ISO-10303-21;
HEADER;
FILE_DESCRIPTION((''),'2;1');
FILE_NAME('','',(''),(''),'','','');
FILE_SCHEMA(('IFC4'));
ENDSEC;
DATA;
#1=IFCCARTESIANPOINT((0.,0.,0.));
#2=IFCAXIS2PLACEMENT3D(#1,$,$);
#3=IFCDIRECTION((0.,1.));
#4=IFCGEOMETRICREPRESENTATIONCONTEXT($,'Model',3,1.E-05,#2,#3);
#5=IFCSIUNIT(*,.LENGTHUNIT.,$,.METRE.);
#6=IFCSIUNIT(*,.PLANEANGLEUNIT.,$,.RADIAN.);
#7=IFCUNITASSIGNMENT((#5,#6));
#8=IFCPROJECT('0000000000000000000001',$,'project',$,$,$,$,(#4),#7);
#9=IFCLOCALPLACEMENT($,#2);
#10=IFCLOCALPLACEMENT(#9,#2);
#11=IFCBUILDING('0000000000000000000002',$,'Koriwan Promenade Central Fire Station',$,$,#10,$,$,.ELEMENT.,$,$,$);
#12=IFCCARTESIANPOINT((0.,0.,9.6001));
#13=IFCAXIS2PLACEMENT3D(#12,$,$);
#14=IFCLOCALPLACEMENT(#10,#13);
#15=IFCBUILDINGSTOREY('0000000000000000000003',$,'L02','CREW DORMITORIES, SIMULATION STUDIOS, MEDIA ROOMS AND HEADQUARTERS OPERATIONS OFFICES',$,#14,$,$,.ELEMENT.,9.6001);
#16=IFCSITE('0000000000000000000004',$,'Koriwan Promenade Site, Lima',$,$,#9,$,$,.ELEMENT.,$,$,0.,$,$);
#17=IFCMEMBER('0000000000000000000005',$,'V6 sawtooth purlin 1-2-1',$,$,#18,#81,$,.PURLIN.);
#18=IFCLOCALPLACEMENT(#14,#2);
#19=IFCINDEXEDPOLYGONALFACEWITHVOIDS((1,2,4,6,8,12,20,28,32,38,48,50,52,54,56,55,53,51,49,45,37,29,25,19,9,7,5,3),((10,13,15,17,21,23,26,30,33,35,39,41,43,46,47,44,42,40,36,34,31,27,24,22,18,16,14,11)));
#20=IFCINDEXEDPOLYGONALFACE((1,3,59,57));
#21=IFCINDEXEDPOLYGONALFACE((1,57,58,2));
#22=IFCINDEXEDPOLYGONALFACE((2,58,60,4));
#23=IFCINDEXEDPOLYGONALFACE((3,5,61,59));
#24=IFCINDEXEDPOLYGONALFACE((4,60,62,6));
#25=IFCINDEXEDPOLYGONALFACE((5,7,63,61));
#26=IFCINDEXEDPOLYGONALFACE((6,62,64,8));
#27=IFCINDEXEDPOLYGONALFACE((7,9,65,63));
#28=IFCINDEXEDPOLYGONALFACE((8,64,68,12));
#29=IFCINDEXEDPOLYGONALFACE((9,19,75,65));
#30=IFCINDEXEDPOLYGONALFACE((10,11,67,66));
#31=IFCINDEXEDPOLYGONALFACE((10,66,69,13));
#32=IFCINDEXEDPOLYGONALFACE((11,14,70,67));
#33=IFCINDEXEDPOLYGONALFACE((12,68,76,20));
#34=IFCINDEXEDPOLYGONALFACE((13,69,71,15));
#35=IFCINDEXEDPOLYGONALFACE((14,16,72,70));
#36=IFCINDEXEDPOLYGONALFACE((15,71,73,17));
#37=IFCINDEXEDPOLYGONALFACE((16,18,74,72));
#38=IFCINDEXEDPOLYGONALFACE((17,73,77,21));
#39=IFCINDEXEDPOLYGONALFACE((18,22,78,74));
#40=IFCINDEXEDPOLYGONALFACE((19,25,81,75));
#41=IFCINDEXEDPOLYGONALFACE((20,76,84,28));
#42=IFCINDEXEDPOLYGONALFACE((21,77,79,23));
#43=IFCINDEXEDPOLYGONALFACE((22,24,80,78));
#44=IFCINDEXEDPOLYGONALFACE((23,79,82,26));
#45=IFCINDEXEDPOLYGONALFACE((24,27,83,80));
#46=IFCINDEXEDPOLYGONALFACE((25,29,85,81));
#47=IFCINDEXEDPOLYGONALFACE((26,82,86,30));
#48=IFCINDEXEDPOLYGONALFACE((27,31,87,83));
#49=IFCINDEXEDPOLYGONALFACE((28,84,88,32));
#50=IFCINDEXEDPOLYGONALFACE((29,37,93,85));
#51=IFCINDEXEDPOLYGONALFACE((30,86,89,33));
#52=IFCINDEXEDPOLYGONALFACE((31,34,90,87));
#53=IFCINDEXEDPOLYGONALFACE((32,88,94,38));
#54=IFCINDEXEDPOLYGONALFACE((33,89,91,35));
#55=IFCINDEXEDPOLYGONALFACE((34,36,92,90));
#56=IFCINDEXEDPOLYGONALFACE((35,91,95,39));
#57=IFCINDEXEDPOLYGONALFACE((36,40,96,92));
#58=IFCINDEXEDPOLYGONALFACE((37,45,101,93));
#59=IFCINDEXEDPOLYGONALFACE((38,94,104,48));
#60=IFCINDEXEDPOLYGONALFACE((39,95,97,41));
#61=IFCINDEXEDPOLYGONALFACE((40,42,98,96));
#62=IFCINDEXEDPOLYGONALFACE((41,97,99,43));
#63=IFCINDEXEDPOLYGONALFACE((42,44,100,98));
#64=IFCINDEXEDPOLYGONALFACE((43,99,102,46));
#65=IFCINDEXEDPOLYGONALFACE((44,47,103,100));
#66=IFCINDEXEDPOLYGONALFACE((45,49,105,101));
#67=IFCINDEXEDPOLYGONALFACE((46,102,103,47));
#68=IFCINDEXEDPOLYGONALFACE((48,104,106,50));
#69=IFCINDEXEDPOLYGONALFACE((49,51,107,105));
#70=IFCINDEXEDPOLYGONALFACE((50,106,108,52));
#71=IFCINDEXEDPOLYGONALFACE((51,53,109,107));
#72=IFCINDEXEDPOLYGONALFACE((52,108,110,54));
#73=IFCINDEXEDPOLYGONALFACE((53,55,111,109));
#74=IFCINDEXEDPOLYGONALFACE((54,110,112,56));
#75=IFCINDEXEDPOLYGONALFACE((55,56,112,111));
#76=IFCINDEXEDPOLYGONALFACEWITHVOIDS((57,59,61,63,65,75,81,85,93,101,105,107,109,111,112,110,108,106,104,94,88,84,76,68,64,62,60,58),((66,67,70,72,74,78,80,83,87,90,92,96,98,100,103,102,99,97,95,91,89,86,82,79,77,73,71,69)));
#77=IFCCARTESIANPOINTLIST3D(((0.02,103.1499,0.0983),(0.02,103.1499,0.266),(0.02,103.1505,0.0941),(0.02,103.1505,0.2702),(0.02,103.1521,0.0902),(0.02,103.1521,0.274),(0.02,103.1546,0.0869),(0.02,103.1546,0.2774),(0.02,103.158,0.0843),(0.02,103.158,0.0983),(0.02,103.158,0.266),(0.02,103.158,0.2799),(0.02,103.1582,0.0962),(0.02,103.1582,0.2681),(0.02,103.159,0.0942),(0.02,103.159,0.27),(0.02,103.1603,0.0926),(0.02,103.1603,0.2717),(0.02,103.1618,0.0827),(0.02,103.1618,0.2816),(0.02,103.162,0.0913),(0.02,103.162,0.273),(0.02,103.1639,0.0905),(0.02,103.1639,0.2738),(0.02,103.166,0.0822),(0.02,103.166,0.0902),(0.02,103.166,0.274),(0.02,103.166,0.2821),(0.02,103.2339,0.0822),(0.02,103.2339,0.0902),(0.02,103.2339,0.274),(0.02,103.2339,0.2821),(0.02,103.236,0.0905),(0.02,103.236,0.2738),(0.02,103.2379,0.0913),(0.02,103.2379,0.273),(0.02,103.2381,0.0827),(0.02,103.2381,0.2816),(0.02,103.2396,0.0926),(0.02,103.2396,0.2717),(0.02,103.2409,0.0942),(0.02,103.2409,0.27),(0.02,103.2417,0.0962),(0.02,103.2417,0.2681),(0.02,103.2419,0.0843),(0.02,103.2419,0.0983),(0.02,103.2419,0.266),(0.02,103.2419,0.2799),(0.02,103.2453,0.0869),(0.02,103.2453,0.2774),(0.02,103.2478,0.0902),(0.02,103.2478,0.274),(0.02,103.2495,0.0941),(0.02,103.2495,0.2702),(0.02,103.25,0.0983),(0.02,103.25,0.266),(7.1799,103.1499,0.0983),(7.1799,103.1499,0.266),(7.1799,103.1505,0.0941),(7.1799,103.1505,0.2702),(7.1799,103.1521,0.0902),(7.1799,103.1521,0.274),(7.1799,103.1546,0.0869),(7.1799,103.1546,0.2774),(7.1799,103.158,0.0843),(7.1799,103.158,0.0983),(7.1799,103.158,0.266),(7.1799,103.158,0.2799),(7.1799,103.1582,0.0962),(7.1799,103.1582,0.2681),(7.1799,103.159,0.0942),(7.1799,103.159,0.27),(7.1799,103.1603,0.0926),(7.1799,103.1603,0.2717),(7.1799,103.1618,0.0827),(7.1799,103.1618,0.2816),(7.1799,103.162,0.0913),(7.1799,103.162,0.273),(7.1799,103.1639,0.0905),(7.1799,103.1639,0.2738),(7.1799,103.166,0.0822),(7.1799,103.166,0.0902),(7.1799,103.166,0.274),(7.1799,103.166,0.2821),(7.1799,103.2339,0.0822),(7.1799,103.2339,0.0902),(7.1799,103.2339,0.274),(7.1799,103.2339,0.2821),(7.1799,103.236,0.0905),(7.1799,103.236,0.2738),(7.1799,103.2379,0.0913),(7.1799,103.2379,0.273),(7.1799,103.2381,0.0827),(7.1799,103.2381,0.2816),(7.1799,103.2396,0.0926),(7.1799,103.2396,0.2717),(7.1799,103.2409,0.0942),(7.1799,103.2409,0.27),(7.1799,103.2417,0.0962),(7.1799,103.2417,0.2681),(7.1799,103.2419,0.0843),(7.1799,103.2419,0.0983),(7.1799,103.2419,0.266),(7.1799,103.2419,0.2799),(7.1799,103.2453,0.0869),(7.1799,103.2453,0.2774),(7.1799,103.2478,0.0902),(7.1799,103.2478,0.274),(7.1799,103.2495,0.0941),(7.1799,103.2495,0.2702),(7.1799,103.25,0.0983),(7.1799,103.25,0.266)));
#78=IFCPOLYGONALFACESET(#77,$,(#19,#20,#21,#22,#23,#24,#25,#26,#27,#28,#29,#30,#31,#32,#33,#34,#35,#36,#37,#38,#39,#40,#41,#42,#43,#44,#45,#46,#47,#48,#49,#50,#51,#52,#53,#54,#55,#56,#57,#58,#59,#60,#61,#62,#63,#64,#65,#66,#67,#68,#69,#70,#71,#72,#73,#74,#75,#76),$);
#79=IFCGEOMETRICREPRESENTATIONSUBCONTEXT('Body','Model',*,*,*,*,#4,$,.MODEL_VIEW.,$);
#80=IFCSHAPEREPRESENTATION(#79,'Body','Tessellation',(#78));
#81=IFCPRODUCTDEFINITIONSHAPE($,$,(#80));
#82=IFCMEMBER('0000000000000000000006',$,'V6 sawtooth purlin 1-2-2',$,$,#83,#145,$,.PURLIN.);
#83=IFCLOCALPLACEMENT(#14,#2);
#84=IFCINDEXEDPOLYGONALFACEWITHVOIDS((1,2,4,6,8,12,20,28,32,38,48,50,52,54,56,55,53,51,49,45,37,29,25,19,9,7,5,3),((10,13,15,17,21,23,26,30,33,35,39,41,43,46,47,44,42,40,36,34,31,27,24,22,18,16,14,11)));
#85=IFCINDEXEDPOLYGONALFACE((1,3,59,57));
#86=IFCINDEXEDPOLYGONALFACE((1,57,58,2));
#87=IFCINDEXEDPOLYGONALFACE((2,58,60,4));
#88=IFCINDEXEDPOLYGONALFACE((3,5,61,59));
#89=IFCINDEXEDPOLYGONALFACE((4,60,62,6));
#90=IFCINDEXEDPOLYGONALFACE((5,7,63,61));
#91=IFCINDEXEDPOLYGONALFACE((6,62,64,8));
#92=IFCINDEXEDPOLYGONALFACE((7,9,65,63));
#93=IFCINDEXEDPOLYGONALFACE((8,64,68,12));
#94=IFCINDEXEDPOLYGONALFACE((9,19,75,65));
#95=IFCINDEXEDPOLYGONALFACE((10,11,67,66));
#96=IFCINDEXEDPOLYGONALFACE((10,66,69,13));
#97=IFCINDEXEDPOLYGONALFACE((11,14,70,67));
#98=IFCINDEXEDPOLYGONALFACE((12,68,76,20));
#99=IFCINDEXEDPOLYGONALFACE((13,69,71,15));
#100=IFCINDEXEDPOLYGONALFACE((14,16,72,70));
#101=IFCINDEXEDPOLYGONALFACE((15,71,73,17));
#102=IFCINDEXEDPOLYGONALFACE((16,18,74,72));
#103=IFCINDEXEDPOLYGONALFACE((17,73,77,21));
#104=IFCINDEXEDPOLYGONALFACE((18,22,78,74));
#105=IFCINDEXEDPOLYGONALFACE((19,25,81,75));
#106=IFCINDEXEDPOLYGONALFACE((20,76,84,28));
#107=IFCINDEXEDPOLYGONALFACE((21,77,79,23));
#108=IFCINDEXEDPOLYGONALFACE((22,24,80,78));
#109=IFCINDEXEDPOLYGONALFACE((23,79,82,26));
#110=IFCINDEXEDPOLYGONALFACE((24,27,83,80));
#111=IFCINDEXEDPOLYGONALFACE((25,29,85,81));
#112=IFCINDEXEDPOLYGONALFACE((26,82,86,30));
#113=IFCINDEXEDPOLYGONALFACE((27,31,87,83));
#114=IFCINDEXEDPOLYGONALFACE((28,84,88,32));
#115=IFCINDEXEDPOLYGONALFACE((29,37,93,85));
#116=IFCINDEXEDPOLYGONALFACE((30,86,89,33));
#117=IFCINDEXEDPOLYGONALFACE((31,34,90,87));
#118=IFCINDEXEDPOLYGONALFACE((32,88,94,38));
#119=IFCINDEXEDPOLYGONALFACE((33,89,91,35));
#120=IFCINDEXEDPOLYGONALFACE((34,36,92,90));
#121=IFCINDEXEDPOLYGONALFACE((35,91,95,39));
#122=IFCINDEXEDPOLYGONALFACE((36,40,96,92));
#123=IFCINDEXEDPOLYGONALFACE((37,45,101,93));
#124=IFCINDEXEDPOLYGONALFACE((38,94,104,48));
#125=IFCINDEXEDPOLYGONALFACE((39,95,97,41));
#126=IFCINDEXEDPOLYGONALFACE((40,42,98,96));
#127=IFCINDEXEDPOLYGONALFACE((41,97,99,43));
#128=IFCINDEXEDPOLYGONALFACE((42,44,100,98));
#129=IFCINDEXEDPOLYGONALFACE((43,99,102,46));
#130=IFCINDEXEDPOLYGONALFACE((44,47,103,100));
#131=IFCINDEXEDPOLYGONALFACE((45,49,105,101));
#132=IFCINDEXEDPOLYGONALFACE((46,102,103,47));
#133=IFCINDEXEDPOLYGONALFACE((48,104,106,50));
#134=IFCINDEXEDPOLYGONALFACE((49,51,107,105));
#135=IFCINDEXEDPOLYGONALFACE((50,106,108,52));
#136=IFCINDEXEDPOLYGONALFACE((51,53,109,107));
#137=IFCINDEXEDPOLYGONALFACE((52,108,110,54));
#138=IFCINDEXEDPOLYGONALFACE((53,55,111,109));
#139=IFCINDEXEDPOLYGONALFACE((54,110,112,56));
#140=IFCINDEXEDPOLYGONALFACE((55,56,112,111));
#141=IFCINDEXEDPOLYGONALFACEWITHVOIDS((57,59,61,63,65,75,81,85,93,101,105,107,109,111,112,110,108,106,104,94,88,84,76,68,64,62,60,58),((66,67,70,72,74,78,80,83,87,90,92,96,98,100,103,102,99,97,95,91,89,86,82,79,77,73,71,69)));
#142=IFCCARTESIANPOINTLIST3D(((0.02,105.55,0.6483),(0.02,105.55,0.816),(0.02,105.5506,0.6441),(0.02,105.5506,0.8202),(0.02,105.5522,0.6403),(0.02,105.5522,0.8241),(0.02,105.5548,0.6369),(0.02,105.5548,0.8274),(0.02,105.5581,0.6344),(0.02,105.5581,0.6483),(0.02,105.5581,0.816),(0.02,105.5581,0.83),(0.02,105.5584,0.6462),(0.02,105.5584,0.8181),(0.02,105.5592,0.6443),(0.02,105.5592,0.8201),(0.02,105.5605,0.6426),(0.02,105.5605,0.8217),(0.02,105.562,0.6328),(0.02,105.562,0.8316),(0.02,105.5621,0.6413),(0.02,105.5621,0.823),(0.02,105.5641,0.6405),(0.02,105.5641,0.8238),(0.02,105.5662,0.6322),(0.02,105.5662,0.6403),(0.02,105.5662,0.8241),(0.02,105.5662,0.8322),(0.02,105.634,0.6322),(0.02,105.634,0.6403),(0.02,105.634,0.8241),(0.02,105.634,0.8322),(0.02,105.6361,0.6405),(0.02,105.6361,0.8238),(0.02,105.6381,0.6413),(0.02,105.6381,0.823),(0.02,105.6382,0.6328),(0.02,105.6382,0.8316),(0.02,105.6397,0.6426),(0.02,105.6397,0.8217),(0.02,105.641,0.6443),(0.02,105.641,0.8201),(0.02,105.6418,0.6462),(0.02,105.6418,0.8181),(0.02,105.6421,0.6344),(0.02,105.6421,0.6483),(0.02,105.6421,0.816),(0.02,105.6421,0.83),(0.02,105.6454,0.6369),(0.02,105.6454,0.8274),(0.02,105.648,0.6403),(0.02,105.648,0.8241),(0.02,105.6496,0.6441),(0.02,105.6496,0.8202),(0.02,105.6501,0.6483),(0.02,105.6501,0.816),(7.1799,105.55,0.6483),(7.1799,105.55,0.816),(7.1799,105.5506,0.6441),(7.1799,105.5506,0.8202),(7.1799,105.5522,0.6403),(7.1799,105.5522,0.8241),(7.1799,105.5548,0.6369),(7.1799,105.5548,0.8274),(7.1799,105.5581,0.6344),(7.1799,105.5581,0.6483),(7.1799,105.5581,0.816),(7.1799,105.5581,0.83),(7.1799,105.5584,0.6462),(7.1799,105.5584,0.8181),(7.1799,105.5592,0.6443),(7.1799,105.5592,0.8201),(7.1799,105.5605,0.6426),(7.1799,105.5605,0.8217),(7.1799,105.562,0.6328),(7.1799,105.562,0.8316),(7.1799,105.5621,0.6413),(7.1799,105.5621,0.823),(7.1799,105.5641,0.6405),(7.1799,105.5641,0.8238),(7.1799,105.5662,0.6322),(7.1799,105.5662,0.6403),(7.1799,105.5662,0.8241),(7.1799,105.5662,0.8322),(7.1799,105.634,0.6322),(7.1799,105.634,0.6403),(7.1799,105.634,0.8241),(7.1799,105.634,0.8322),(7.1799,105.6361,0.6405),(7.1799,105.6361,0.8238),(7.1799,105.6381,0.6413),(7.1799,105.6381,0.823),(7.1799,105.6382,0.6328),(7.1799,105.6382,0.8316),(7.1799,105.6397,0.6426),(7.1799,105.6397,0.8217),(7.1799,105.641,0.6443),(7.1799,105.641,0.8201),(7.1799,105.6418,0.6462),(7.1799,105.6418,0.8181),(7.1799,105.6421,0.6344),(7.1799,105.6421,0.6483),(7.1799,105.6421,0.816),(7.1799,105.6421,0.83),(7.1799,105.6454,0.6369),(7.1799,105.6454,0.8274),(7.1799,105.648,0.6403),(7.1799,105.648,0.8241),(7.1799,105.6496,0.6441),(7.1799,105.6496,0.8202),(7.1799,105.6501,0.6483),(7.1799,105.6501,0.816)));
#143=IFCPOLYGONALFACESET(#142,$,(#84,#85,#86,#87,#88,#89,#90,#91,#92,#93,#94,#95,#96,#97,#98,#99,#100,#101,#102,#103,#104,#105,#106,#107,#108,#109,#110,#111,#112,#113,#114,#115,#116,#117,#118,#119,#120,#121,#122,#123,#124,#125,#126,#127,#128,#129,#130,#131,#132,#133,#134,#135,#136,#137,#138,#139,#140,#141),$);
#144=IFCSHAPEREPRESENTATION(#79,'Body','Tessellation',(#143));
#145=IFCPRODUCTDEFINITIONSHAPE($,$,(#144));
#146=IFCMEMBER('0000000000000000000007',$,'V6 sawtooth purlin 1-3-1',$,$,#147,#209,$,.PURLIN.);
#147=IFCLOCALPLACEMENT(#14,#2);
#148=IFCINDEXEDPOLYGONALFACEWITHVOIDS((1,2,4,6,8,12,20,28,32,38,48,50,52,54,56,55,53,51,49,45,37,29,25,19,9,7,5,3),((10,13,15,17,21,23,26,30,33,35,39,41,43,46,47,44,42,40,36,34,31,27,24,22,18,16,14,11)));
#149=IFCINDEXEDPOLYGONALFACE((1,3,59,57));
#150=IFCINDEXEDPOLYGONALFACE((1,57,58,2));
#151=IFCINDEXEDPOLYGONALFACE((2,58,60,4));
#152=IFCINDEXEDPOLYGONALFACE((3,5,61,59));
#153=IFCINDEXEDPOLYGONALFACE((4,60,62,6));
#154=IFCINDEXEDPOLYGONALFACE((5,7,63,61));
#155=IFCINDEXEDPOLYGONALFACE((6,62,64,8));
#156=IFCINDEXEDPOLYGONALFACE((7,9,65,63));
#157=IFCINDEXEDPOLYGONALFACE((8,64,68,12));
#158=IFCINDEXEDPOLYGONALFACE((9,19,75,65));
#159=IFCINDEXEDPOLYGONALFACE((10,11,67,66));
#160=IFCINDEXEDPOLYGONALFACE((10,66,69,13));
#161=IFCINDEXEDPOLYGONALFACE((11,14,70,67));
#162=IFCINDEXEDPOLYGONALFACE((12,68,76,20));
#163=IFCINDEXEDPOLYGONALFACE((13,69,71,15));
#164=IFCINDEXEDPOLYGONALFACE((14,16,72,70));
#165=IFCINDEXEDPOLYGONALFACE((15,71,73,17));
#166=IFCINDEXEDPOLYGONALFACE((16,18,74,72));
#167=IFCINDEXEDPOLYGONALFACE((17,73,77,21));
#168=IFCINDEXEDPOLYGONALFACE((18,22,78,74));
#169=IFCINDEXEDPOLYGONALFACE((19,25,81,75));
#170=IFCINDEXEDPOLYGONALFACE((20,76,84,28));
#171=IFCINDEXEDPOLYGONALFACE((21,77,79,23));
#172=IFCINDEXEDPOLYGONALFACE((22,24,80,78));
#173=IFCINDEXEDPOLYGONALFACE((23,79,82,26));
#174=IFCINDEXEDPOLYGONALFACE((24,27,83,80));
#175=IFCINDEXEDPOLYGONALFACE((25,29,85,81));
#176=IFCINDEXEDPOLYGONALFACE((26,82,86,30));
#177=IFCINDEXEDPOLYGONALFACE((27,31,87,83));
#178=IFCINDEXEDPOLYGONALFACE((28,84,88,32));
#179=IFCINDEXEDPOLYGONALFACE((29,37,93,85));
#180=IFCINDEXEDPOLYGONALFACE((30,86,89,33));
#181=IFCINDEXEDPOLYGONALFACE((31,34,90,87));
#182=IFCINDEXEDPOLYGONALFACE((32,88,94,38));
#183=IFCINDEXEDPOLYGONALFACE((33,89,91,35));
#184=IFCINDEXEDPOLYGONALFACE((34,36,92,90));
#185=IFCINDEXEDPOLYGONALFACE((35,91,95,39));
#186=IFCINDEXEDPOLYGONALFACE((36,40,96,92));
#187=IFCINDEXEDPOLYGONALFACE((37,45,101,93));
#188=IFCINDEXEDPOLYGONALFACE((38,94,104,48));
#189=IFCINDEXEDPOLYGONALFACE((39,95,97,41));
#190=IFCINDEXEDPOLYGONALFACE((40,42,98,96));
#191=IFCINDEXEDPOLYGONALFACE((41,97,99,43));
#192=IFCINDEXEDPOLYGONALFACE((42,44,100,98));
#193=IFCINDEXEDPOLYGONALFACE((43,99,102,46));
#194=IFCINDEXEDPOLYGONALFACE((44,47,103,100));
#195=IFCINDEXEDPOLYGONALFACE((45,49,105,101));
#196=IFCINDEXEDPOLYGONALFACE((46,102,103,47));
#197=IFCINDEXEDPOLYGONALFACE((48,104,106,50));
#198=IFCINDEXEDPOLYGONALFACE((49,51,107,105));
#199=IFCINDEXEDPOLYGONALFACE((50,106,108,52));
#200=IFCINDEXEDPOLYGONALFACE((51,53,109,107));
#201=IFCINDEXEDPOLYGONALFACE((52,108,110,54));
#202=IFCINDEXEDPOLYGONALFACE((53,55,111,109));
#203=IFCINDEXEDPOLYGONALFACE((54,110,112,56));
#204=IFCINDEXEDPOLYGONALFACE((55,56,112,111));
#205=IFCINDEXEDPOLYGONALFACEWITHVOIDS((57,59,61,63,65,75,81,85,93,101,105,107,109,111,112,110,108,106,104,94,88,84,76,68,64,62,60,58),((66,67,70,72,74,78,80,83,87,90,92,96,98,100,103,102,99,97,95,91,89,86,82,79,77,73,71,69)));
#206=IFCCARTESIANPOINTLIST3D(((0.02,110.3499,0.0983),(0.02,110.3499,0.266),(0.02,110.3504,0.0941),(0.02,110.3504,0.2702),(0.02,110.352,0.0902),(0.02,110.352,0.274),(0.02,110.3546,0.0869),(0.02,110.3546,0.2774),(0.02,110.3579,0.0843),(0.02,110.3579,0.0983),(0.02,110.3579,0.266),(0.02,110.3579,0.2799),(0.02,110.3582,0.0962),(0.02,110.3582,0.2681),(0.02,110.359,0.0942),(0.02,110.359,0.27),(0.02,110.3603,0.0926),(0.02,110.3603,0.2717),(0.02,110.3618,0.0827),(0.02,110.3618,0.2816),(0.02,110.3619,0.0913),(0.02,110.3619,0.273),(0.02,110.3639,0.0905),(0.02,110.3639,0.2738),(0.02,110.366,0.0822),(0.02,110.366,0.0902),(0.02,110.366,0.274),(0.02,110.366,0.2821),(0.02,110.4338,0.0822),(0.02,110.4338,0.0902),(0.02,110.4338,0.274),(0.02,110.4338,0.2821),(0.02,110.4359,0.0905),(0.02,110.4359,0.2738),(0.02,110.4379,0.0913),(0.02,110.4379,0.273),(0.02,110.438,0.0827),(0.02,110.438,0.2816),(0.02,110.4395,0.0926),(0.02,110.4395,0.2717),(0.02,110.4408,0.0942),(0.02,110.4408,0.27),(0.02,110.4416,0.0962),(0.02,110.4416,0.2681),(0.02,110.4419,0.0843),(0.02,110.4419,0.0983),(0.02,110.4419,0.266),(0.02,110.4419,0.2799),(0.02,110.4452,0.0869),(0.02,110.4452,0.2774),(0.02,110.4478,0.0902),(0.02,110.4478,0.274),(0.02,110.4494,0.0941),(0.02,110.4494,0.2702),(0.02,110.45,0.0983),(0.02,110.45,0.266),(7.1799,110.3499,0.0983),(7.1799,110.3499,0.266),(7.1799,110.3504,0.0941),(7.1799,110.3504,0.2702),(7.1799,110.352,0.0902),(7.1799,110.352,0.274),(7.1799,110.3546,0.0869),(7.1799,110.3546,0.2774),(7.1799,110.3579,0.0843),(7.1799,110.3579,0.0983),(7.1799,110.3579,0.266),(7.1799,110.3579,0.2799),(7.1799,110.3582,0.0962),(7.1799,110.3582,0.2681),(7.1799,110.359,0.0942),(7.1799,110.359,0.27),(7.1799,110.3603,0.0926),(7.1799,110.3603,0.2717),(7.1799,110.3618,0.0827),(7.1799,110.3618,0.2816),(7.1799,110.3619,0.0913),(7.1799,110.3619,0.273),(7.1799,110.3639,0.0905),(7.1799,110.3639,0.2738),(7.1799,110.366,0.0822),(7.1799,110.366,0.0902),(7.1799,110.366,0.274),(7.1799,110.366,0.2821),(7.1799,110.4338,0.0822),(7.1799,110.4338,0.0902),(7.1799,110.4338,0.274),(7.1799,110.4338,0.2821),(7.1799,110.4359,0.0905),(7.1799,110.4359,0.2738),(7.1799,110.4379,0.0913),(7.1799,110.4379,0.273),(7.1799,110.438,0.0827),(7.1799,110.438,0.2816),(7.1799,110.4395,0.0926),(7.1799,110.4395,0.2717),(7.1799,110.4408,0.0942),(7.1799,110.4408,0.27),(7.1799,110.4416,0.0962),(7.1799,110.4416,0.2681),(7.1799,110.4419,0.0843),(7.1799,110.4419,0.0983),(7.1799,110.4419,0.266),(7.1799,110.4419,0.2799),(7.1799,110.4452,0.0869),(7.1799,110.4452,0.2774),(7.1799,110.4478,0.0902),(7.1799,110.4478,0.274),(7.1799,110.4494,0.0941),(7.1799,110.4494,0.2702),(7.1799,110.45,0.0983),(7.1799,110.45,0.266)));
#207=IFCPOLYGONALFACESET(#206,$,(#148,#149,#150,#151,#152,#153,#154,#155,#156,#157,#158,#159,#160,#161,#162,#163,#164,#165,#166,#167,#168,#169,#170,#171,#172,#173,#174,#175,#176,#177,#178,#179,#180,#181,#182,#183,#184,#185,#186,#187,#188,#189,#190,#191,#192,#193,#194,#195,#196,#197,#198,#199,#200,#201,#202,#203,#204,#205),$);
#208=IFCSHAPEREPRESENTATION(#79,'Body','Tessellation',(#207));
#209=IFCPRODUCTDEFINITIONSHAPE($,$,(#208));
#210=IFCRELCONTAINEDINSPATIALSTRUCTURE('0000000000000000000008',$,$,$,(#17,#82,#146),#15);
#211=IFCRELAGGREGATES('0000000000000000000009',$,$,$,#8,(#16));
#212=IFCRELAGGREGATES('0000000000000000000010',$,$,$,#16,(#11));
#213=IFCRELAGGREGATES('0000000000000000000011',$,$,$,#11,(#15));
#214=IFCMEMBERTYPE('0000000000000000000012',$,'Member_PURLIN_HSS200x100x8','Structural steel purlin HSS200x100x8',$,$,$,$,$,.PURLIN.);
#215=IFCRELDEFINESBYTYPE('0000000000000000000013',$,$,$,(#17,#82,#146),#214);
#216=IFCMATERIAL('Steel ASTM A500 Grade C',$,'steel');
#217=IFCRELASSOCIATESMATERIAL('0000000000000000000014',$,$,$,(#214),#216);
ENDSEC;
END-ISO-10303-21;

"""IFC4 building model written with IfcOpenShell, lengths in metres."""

from ifc_helpers import new_model, si_unit, direction, frame, origin, origin_2d, place, context, subcontext, project, spatial, hollow_rectangle, extrude, material, material_profile, profile_set, type_object, element, save


model = new_model("IFC4")

# Units and contexts
model_context = context("Model", 3, precision=1e-05, world=origin(), true_north=direction((0.0, 1.0)))
body_context = subcontext(model_context, "Body", "Model", "MODEL_VIEW")
ifc_project = project(units=[si_unit("LENGTHUNIT", "METRE"), si_unit("PLANEANGLEUNIT", "RADIAN")], contexts=[model_context])

# Site, building, storey
site_placement = place(None, origin())
site = spatial("IfcSite", under=ifc_project, at=site_placement, Name="Koriwan Promenade Site, Lima", CompositionType="ELEMENT", RefElevation=0.0)
building_placement = place(site_placement, origin())
building = spatial("IfcBuilding", under=site, at=building_placement, Name="Koriwan Promenade Central Fire Station", CompositionType="ELEMENT")
storey_placement = place(building_placement, frame((0.0, 0.0, 9.6001)))
storey = spatial("IfcBuildingStorey", under=building, at=storey_placement, Name="L02", Description="CREW DORMITORIES, SIMULATION STUDIOS, MEDIA ROOMS AND HEADQUARTERS OPERATIONS OFFICES", CompositionType="ELEMENT", Elevation=9.6001)

# Members
ifc_material_1 = material(Name="Steel ASTM A500 Grade C", Category="steel")
ifc_material_profile_1 = material_profile(ifc_material_1, hollow_rectangle(XDim=0.1001, YDim=0.2, WallThickness=0.0081, InnerFilletRadius=0.0081, OuterFilletRadius=0.0161, at=origin_2d()), Name="HSS200x100x8")
ifc_profile_set_1 = profile_set([ifc_material_profile_1], Name="Steel ASTM A500 Grade C")
member_type_1 = type_object("IfcMemberType", Name="Member_PURLIN_HSS200x100x8", Description="Structural steel purlin HSS200x100x8", PredefinedType="PURLIN", material=ifc_profile_set_1)
for number, where, z_axis, x_axis, name in (
    (1, (0.02, 103.2, 0.1821), (1.0, 0.0, 0.0), (0.0, 1.0, 0.0), "V6 sawtooth purlin 1-2-1"),
    (2, (0.02, 105.6001, 0.7322), (1.0, 0.0, 0.0), (0.0, 1.0, 0.0), "V6 sawtooth purlin 1-2-2"),
    (3, (0.02, 110.3999, 0.1821), (1.0, 0.0, 0.0), (0.0, 1.0, 0.0), "V6 sawtooth purlin 1-3-1"),
):
    element("IfcMember", number, at=place(storey_placement, frame(where, z_axis=z_axis, x_axis=x_axis)), inside=storey, type_object=member_type_1, Name=name, PredefinedType="PURLIN", context=body_context, shape_type="SweptSolid", body=[
        extrude(hollow_rectangle(XDim=0.1001, YDim=0.2, WallThickness=0.0081, InnerFilletRadius=0.0081, OuterFilletRadius=0.0161, at=origin_2d()), origin(), (0.0, 0.0, 1.0), 7.1599),
    ])

save(model, "model.ifc")
